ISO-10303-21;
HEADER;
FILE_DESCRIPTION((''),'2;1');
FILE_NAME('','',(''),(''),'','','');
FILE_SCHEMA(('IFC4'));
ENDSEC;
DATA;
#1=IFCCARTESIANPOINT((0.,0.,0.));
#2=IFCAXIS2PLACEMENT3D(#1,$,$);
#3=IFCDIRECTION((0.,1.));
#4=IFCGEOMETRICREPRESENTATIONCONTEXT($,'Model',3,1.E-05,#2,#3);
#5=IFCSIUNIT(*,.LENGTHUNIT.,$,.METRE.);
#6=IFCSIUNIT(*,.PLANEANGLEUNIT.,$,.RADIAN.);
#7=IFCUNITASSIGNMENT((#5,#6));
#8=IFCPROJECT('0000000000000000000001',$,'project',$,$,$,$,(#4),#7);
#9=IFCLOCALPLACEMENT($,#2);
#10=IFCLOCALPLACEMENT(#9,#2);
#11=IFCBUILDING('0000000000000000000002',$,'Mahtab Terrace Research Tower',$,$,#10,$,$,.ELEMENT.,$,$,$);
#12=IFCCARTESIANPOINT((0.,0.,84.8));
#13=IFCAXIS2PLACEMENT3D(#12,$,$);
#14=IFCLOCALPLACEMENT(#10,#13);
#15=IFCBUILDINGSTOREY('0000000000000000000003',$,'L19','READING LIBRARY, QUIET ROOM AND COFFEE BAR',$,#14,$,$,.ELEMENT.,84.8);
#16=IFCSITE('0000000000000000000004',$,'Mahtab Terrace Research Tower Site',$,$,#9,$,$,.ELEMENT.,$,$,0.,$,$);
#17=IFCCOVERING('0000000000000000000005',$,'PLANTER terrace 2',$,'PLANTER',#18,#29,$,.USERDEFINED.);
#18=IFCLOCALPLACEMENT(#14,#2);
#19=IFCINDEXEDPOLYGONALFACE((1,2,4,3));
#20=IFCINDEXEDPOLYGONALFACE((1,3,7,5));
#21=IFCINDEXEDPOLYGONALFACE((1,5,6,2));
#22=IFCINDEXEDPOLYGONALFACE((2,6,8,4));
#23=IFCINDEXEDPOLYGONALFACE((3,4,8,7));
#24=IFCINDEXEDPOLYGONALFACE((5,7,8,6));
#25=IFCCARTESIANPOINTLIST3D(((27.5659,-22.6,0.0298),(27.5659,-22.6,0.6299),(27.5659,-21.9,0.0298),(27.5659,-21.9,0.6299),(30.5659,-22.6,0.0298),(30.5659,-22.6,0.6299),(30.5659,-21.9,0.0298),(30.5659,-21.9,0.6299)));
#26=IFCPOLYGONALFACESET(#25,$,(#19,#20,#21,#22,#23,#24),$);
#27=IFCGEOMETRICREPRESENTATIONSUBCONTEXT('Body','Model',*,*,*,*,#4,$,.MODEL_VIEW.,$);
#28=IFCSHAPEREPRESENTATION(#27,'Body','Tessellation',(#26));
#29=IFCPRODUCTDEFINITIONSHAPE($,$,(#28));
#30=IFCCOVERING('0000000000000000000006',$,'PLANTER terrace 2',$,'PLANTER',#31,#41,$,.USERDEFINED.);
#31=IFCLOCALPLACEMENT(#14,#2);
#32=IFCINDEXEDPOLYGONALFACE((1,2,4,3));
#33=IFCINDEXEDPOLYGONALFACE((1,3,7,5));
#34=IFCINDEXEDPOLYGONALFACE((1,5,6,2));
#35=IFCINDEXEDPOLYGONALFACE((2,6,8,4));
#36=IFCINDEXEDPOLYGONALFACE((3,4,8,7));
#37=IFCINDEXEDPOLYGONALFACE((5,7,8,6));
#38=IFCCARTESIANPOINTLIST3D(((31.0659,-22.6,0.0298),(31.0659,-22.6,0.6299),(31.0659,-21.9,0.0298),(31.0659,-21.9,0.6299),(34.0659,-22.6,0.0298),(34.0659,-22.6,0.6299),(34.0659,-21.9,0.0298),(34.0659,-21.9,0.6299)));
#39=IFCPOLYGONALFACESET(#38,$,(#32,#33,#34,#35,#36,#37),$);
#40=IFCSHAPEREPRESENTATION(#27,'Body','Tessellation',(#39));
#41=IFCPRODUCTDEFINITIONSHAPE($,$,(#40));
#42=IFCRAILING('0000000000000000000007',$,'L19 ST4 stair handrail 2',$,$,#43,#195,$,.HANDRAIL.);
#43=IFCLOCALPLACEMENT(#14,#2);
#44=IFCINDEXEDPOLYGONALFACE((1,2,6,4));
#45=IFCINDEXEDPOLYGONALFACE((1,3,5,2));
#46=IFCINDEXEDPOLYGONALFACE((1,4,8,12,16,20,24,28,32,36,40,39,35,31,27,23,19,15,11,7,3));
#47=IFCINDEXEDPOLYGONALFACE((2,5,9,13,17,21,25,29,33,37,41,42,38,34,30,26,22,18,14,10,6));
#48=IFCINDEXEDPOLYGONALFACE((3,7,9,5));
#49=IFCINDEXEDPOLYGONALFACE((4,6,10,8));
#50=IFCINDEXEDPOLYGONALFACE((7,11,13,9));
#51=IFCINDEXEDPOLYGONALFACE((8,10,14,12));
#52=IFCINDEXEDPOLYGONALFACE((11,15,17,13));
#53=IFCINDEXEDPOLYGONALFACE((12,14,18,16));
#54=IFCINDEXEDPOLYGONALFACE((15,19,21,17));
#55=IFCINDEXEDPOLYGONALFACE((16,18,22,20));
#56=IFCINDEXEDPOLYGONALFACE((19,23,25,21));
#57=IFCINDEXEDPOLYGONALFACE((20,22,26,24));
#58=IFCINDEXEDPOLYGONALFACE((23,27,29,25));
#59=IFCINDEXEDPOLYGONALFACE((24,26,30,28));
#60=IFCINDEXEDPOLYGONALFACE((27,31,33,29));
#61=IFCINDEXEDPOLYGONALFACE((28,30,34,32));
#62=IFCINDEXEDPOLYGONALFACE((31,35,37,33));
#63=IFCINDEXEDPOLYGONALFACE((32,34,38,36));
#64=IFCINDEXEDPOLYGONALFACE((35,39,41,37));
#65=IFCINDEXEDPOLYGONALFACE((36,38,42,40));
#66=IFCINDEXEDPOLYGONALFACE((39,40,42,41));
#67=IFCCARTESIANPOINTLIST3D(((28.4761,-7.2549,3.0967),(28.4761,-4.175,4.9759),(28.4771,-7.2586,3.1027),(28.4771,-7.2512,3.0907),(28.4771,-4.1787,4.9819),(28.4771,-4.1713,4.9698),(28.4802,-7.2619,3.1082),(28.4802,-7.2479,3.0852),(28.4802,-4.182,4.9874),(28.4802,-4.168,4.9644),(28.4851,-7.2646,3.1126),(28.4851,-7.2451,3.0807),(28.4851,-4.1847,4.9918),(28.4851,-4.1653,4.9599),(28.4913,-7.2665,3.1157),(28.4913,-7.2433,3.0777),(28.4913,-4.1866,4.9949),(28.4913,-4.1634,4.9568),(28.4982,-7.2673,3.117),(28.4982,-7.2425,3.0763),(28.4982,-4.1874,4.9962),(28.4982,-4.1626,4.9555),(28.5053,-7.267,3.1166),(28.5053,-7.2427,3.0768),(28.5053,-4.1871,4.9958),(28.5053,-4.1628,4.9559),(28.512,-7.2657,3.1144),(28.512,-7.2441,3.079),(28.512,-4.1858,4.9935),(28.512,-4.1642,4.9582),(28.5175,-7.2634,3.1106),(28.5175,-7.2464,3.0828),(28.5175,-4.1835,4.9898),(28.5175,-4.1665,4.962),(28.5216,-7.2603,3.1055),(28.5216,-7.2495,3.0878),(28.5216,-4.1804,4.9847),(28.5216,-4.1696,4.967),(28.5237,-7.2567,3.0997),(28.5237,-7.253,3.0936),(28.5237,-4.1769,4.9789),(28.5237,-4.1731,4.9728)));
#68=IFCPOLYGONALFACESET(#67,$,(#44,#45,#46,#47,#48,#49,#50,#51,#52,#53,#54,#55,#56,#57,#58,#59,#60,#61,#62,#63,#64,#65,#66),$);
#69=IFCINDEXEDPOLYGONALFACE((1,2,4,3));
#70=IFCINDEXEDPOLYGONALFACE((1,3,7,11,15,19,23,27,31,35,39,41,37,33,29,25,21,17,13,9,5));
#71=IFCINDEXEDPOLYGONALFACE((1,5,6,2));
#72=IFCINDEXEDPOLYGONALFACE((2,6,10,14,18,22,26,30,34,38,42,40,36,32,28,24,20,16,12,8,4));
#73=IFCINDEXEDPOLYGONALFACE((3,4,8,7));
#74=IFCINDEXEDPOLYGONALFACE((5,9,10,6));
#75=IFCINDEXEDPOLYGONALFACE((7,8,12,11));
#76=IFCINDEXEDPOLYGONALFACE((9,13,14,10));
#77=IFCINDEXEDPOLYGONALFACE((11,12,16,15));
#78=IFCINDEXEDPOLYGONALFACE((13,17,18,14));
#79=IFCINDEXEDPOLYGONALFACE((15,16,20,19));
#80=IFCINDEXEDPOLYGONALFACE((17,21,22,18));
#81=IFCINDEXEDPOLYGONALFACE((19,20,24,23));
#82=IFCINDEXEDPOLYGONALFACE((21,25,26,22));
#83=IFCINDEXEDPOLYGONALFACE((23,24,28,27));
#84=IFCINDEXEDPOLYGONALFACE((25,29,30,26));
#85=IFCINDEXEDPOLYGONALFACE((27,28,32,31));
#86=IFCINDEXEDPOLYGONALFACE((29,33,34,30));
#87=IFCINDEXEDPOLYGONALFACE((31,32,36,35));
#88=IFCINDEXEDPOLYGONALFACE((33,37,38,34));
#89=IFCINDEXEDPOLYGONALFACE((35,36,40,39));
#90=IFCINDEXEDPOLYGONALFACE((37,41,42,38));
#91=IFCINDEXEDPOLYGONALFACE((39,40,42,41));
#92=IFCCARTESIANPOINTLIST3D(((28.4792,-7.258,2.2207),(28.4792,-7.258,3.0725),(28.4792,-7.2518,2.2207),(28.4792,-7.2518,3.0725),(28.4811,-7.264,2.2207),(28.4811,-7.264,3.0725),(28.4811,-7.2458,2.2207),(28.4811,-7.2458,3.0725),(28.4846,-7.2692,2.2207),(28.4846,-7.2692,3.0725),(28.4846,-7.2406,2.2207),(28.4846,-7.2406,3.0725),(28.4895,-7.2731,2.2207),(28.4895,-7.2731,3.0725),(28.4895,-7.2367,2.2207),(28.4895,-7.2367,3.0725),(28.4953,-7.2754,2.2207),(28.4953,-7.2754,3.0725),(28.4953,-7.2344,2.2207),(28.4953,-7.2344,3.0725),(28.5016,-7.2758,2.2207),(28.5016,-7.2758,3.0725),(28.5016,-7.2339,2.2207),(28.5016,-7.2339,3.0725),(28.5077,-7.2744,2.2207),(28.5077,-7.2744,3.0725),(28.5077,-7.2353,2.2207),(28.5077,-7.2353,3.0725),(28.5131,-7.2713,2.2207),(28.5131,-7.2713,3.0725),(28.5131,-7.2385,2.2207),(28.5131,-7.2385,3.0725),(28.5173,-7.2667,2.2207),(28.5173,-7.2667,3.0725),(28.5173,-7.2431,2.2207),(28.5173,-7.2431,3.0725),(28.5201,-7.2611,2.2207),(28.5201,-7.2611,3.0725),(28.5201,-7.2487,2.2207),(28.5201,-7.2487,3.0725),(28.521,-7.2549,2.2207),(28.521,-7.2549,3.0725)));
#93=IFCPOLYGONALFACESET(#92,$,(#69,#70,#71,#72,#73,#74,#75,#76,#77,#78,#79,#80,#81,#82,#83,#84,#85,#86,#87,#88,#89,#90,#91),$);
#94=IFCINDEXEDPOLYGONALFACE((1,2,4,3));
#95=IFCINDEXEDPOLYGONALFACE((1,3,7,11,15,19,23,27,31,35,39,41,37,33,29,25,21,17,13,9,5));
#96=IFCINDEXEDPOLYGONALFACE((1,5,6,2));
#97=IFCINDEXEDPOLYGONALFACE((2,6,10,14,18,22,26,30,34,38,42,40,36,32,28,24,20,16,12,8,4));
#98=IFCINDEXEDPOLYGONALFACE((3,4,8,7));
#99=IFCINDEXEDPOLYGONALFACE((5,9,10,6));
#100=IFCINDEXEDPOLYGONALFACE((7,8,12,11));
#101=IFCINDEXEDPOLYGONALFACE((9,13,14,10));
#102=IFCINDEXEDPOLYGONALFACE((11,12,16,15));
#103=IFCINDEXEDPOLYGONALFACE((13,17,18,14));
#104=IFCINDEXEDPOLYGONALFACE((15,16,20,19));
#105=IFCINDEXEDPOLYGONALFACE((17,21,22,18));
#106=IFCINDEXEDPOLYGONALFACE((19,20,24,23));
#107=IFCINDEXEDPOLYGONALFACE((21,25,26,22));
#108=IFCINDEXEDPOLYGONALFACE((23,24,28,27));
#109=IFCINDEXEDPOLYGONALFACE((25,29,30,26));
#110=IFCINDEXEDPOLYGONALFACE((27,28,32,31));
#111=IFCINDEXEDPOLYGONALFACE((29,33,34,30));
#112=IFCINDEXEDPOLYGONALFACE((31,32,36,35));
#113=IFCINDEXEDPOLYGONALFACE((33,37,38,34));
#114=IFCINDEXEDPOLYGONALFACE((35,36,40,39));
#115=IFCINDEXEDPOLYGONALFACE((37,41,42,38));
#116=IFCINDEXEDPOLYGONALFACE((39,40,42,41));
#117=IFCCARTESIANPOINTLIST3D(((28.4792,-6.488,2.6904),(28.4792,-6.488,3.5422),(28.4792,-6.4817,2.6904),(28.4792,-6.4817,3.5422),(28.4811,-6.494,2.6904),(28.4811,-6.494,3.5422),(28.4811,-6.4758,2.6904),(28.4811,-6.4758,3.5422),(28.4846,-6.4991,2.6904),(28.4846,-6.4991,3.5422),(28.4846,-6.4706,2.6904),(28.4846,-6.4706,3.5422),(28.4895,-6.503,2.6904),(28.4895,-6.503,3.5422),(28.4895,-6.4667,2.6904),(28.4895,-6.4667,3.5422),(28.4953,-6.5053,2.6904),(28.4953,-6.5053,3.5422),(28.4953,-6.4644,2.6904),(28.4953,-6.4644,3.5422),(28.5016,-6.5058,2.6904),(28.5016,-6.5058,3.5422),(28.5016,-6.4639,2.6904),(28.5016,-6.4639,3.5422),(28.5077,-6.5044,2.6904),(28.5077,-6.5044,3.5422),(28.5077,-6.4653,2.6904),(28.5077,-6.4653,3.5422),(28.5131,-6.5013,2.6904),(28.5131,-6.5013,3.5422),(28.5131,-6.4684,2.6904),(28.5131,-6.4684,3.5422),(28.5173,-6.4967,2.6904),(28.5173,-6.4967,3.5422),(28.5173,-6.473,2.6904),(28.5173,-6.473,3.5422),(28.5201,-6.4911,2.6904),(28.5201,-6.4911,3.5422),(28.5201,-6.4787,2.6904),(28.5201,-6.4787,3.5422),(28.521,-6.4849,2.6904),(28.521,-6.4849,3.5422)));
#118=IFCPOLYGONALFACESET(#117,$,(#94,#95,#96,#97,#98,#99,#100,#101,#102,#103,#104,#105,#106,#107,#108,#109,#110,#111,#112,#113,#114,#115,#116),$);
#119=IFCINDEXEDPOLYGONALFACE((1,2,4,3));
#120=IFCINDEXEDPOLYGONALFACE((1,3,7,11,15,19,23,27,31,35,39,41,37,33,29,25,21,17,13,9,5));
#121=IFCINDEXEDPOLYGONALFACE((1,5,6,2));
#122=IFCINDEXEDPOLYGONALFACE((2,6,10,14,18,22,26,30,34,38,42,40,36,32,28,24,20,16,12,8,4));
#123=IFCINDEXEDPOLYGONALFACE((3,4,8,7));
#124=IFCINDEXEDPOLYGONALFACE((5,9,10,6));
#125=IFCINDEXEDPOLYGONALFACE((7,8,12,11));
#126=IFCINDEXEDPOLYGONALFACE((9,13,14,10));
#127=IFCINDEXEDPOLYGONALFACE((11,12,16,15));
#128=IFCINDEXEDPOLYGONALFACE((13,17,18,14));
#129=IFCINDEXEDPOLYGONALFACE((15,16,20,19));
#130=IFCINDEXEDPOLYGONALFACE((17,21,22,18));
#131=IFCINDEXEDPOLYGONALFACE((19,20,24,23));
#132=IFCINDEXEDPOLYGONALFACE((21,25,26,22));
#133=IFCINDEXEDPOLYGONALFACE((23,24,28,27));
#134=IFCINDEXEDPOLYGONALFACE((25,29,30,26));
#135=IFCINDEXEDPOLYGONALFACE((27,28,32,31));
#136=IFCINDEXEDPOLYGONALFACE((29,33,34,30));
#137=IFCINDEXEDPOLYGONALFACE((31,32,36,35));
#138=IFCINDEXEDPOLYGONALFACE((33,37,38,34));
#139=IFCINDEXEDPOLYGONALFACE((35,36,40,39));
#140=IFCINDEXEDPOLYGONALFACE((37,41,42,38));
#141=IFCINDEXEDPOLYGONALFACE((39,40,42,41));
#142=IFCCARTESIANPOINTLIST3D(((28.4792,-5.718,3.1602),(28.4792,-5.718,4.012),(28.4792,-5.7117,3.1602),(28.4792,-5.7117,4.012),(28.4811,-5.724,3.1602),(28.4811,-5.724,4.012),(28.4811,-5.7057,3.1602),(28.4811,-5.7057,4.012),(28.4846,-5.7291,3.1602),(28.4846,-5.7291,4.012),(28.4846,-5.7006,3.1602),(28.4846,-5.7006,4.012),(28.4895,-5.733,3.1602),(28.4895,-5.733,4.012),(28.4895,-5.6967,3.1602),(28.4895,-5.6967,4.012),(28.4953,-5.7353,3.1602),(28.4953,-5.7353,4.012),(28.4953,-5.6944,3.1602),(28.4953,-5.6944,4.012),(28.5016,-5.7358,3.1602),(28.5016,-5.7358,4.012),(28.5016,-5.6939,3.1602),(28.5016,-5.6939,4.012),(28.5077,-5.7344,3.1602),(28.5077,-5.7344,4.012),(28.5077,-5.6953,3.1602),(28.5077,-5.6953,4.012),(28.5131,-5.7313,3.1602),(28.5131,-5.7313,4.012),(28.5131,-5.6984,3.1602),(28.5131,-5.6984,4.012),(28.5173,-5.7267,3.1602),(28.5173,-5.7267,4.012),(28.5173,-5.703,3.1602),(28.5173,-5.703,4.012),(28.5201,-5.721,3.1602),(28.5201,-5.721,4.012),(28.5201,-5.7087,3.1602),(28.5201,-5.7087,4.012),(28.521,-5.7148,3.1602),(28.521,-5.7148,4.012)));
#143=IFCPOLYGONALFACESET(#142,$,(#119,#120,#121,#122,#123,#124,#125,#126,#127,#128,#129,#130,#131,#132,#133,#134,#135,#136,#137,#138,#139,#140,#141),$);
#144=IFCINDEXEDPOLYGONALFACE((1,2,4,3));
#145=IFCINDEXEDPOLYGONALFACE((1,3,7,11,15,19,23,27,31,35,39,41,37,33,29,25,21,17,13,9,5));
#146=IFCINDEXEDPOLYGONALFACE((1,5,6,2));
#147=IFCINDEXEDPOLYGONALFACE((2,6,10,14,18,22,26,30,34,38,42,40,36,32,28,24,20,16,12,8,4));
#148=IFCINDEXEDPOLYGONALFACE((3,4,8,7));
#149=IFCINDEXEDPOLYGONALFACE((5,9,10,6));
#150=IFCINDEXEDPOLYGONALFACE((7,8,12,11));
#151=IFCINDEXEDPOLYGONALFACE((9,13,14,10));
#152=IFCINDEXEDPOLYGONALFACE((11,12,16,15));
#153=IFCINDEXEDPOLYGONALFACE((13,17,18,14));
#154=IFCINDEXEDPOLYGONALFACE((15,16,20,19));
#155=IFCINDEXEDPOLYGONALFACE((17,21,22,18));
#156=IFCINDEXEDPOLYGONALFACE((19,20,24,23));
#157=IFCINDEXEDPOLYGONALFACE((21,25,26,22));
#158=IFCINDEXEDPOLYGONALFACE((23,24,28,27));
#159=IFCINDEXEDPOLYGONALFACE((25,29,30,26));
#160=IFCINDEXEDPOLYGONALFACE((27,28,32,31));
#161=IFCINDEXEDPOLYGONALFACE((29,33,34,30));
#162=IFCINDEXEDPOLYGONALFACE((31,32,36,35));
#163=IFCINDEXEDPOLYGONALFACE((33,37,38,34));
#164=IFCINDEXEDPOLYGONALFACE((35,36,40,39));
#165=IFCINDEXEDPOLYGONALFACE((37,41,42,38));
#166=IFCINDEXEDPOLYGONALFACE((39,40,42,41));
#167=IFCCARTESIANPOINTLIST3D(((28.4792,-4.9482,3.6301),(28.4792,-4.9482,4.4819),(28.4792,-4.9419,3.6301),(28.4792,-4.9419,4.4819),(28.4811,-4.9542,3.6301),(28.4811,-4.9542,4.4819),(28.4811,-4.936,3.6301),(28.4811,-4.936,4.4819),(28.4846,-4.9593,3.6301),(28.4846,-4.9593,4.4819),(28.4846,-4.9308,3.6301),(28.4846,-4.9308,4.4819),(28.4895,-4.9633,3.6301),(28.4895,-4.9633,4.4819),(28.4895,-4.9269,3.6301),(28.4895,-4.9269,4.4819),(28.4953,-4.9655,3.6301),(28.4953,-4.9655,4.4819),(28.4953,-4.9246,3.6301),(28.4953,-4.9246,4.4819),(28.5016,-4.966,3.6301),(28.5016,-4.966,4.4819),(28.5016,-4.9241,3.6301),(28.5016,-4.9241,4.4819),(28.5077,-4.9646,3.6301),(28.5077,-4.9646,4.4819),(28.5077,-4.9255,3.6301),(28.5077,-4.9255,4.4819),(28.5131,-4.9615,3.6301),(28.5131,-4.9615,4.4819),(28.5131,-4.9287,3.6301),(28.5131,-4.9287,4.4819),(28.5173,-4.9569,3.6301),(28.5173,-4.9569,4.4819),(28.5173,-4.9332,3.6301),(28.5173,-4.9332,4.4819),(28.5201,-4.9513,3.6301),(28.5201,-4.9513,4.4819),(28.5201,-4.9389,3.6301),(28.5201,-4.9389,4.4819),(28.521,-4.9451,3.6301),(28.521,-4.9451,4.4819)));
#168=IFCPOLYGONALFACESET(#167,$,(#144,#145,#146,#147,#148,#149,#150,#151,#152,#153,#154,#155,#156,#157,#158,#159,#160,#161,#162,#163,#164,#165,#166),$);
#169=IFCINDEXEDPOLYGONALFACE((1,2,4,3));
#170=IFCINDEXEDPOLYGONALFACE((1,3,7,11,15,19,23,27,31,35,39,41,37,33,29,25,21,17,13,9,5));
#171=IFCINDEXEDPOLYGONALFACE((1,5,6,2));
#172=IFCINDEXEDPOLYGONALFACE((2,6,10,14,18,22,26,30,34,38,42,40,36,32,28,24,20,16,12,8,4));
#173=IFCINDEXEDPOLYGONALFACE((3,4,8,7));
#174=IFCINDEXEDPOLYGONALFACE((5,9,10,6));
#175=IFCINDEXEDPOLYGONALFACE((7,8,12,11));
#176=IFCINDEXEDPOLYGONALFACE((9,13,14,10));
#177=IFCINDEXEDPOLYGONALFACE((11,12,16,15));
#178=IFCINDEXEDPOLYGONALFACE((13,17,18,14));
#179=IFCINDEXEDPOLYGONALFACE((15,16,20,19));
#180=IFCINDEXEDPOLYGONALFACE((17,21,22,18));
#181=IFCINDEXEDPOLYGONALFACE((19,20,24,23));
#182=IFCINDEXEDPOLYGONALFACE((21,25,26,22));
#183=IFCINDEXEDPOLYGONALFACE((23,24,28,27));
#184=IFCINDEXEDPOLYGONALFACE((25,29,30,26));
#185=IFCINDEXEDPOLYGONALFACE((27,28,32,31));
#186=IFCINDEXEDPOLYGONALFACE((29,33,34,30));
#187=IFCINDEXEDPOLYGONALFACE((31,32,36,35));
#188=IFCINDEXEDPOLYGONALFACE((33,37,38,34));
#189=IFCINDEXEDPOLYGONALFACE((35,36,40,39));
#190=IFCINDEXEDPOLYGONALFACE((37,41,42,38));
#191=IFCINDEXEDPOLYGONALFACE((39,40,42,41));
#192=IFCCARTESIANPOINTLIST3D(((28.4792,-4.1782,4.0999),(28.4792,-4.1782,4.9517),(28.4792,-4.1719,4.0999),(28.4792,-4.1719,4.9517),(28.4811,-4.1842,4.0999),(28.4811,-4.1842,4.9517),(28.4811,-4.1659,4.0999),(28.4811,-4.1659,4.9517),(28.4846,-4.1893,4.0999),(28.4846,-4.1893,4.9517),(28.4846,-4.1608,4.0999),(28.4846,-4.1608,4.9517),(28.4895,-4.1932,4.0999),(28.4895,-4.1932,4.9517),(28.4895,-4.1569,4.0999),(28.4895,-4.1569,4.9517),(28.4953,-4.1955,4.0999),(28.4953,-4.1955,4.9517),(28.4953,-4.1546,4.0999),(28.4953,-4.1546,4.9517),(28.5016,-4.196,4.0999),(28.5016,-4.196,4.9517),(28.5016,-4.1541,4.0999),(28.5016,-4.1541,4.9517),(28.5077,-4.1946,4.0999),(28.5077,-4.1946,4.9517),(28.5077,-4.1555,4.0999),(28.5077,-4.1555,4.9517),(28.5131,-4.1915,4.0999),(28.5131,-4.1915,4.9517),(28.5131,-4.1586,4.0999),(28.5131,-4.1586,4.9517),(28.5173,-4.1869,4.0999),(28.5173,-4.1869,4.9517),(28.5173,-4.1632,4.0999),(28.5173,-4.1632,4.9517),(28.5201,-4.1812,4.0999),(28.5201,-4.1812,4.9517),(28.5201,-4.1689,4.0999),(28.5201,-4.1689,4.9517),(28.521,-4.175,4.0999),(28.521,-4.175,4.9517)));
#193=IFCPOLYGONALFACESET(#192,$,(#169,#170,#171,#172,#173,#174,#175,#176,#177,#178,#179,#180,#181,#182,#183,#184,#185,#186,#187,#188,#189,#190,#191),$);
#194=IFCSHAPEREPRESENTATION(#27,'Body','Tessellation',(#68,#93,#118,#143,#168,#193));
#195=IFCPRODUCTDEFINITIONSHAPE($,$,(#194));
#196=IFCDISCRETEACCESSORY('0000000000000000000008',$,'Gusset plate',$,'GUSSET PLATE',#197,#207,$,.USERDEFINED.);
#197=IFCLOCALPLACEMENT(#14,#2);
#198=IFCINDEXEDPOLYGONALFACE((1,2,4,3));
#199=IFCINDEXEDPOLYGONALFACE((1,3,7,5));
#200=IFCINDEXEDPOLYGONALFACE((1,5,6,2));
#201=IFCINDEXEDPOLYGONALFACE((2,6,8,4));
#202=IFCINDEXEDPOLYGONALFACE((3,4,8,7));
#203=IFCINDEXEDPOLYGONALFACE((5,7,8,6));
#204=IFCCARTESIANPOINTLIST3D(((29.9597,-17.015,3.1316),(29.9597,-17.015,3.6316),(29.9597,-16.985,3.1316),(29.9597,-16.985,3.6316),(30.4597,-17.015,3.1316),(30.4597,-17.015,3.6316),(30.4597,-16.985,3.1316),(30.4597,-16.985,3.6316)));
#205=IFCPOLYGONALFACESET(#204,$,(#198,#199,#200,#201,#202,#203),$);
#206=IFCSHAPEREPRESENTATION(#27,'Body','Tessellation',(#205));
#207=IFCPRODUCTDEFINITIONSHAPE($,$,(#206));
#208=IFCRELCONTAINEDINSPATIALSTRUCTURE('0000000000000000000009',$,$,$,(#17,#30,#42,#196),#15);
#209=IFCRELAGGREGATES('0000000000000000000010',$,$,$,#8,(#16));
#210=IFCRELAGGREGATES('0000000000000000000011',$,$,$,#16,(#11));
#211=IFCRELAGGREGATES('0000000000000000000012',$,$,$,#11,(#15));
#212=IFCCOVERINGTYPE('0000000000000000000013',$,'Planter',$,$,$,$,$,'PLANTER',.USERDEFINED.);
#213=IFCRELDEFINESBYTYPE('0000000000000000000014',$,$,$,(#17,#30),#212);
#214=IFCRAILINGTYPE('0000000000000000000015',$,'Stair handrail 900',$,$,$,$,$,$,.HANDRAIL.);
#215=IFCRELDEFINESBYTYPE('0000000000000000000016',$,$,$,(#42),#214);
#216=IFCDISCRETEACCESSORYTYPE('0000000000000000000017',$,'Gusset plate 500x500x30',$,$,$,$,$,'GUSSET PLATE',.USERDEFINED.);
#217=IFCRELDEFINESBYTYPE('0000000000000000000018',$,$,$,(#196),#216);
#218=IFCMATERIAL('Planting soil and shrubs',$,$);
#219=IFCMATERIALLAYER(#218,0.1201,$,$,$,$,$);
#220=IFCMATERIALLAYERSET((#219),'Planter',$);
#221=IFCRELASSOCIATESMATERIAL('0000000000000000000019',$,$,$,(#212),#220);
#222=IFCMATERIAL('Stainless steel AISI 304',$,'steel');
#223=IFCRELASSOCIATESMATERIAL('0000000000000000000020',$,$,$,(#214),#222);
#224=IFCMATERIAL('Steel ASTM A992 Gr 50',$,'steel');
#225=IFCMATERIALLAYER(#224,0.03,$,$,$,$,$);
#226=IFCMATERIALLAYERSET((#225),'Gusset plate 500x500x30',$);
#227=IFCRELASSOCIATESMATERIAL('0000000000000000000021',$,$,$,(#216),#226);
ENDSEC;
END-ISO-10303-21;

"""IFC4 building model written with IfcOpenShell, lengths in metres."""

from ifc_helpers import new_model, si_unit, direction, frame, origin, origin_2d, place, context, subcontext, project, spatial, rectangle, circle, extrude, material, layer, layer_set, type_object, element, save


model = new_model("IFC4")

# Units and contexts
model_context = context("Model", 3, precision=1e-05, world=origin(), true_north=direction((0.0, 1.0)))
body_context = subcontext(model_context, "Body", "Model", "MODEL_VIEW")
ifc_project = project(units=[si_unit("LENGTHUNIT", "METRE"), si_unit("PLANEANGLEUNIT", "RADIAN")], contexts=[model_context])

# Site, building, storey
site_placement = place(None, origin())
site = spatial("IfcSite", under=ifc_project, at=site_placement, Name="Mahtab Terrace Research Tower Site", CompositionType="ELEMENT", RefElevation=0.0)
building_placement = place(site_placement, origin())
building = spatial("IfcBuilding", under=site, at=building_placement, Name="Mahtab Terrace Research Tower", CompositionType="ELEMENT")
storey_placement = place(building_placement, frame((0.0, 0.0, 84.8)))
storey = spatial("IfcBuildingStorey", under=building, at=storey_placement, Name="L19", Description="READING LIBRARY, QUIET ROOM AND COFFEE BAR", CompositionType="ELEMENT", Elevation=84.8)

# Shared definitions
ifc_material_1 = material(Name="Steel ASTM A992 Gr 50", Category="steel")

# Coverings
ifc_material_2 = material(Name="Planting soil and shrubs")
ifc_layer_1 = layer(ifc_material_2, 0.1201)
ifc_layer_set_1 = layer_set([ifc_layer_1], Name="Planter")
covering_type_1 = type_object("IfcCoveringType", Name="Planter", ElementType="PLANTER", PredefinedType="USERDEFINED", material=ifc_layer_set_1)
for number, where, z_axis, x_axis, name in (
    (1, (29.0659, -22.25, 0.0298), (0.0, 0.0, 1.0), (1.0, 0.0, 0.0), "PLANTER terrace 2"),
    (2, (32.5659, -22.25, 0.0298), (0.0, 0.0, 1.0), (1.0, 0.0, 0.0), "PLANTER terrace 2"),
):
    element("IfcCovering", number, at=place(storey_placement, frame(where, z_axis=z_axis, x_axis=x_axis)), inside=storey, type_object=covering_type_1, Name=name, ObjectType="PLANTER", PredefinedType="USERDEFINED", context=body_context, shape_type="SweptSolid", body=[
        extrude(rectangle(XDim=3.0, YDim=0.7, at=origin_2d()), origin(), (0.0, 0.0, 1.0), 0.6001),
    ])

# Railing
ifc_material_3 = material(Name="Stainless steel AISI 304", Category="steel")
railing_type = type_object("IfcRailingType", Name="Stair handrail 900", PredefinedType="HANDRAIL", material=ifc_material_3)
railing_placement = place(storey_placement, frame((28.5, -7.2549, 2.2207)))
element("IfcRailing", 3, at=railing_placement, inside=storey, type_object=railing_type, Name="L19 ST4 stair handrail 2", PredefinedType="HANDRAIL", context=body_context, shape_type="SweptSolid", body=[
    extrude(circle(Radius=0.0239, at=origin_2d()), frame((0.0, 0.0, 0.876), z_axis=(0.0, 0.853648, 0.52085), x_axis=(-1.0, 0.0, 0.0)), (0.0, 0.0, 1.0), 3.6079),
    extrude(circle(Radius=0.021, at=origin_2d()), origin(), (0.0, 0.0, 1.0), 0.8518),
    extrude(circle(Radius=0.021, at=origin_2d()), frame((0.0, 0.77, 0.4697)), (0.0, 0.0, 1.0), 0.8518),
    extrude(circle(Radius=0.021, at=origin_2d()), frame((0.0, 1.54, 0.9395)), (0.0, 0.0, 1.0), 0.8518),
    extrude(circle(Radius=0.021, at=origin_2d()), frame((0.0, 2.3098, 1.4094)), (0.0, 0.0, 1.0), 0.8518),
    extrude(circle(Radius=0.021, at=origin_2d()), frame((0.0, 3.0798, 1.8792)), (0.0, 0.0, 1.0), 0.8518),
])

# Discrete accessory
ifc_layer_2 = layer(ifc_material_1, 0.03)
ifc_layer_set_2 = layer_set([ifc_layer_2], Name="Gusset plate 500x500x30")
discrete_accessory_type = type_object("IfcDiscreteAccessoryType", Name="Gusset plate 500x500x30", ElementType="GUSSET PLATE", PredefinedType="USERDEFINED", material=ifc_layer_set_2)
discrete_accessory_placement = place(storey_placement, frame((30.2097, -17.0, 3.1316), z_axis=(0.0, 0.0, 1.0), x_axis=(1.0, 0.0, 0.0)))
element("IfcDiscreteAccessory", 4, at=discrete_accessory_placement, inside=storey, type_object=discrete_accessory_type, Name="Gusset plate", ObjectType="GUSSET PLATE", PredefinedType="USERDEFINED", context=body_context, shape_type="SweptSolid", body=[
    extrude(rectangle(XDim=0.5, YDim=0.03, at=origin_2d()), origin(), (0.0, 0.0, 1.0), 0.5),
])

save(model, "model.ifc")
